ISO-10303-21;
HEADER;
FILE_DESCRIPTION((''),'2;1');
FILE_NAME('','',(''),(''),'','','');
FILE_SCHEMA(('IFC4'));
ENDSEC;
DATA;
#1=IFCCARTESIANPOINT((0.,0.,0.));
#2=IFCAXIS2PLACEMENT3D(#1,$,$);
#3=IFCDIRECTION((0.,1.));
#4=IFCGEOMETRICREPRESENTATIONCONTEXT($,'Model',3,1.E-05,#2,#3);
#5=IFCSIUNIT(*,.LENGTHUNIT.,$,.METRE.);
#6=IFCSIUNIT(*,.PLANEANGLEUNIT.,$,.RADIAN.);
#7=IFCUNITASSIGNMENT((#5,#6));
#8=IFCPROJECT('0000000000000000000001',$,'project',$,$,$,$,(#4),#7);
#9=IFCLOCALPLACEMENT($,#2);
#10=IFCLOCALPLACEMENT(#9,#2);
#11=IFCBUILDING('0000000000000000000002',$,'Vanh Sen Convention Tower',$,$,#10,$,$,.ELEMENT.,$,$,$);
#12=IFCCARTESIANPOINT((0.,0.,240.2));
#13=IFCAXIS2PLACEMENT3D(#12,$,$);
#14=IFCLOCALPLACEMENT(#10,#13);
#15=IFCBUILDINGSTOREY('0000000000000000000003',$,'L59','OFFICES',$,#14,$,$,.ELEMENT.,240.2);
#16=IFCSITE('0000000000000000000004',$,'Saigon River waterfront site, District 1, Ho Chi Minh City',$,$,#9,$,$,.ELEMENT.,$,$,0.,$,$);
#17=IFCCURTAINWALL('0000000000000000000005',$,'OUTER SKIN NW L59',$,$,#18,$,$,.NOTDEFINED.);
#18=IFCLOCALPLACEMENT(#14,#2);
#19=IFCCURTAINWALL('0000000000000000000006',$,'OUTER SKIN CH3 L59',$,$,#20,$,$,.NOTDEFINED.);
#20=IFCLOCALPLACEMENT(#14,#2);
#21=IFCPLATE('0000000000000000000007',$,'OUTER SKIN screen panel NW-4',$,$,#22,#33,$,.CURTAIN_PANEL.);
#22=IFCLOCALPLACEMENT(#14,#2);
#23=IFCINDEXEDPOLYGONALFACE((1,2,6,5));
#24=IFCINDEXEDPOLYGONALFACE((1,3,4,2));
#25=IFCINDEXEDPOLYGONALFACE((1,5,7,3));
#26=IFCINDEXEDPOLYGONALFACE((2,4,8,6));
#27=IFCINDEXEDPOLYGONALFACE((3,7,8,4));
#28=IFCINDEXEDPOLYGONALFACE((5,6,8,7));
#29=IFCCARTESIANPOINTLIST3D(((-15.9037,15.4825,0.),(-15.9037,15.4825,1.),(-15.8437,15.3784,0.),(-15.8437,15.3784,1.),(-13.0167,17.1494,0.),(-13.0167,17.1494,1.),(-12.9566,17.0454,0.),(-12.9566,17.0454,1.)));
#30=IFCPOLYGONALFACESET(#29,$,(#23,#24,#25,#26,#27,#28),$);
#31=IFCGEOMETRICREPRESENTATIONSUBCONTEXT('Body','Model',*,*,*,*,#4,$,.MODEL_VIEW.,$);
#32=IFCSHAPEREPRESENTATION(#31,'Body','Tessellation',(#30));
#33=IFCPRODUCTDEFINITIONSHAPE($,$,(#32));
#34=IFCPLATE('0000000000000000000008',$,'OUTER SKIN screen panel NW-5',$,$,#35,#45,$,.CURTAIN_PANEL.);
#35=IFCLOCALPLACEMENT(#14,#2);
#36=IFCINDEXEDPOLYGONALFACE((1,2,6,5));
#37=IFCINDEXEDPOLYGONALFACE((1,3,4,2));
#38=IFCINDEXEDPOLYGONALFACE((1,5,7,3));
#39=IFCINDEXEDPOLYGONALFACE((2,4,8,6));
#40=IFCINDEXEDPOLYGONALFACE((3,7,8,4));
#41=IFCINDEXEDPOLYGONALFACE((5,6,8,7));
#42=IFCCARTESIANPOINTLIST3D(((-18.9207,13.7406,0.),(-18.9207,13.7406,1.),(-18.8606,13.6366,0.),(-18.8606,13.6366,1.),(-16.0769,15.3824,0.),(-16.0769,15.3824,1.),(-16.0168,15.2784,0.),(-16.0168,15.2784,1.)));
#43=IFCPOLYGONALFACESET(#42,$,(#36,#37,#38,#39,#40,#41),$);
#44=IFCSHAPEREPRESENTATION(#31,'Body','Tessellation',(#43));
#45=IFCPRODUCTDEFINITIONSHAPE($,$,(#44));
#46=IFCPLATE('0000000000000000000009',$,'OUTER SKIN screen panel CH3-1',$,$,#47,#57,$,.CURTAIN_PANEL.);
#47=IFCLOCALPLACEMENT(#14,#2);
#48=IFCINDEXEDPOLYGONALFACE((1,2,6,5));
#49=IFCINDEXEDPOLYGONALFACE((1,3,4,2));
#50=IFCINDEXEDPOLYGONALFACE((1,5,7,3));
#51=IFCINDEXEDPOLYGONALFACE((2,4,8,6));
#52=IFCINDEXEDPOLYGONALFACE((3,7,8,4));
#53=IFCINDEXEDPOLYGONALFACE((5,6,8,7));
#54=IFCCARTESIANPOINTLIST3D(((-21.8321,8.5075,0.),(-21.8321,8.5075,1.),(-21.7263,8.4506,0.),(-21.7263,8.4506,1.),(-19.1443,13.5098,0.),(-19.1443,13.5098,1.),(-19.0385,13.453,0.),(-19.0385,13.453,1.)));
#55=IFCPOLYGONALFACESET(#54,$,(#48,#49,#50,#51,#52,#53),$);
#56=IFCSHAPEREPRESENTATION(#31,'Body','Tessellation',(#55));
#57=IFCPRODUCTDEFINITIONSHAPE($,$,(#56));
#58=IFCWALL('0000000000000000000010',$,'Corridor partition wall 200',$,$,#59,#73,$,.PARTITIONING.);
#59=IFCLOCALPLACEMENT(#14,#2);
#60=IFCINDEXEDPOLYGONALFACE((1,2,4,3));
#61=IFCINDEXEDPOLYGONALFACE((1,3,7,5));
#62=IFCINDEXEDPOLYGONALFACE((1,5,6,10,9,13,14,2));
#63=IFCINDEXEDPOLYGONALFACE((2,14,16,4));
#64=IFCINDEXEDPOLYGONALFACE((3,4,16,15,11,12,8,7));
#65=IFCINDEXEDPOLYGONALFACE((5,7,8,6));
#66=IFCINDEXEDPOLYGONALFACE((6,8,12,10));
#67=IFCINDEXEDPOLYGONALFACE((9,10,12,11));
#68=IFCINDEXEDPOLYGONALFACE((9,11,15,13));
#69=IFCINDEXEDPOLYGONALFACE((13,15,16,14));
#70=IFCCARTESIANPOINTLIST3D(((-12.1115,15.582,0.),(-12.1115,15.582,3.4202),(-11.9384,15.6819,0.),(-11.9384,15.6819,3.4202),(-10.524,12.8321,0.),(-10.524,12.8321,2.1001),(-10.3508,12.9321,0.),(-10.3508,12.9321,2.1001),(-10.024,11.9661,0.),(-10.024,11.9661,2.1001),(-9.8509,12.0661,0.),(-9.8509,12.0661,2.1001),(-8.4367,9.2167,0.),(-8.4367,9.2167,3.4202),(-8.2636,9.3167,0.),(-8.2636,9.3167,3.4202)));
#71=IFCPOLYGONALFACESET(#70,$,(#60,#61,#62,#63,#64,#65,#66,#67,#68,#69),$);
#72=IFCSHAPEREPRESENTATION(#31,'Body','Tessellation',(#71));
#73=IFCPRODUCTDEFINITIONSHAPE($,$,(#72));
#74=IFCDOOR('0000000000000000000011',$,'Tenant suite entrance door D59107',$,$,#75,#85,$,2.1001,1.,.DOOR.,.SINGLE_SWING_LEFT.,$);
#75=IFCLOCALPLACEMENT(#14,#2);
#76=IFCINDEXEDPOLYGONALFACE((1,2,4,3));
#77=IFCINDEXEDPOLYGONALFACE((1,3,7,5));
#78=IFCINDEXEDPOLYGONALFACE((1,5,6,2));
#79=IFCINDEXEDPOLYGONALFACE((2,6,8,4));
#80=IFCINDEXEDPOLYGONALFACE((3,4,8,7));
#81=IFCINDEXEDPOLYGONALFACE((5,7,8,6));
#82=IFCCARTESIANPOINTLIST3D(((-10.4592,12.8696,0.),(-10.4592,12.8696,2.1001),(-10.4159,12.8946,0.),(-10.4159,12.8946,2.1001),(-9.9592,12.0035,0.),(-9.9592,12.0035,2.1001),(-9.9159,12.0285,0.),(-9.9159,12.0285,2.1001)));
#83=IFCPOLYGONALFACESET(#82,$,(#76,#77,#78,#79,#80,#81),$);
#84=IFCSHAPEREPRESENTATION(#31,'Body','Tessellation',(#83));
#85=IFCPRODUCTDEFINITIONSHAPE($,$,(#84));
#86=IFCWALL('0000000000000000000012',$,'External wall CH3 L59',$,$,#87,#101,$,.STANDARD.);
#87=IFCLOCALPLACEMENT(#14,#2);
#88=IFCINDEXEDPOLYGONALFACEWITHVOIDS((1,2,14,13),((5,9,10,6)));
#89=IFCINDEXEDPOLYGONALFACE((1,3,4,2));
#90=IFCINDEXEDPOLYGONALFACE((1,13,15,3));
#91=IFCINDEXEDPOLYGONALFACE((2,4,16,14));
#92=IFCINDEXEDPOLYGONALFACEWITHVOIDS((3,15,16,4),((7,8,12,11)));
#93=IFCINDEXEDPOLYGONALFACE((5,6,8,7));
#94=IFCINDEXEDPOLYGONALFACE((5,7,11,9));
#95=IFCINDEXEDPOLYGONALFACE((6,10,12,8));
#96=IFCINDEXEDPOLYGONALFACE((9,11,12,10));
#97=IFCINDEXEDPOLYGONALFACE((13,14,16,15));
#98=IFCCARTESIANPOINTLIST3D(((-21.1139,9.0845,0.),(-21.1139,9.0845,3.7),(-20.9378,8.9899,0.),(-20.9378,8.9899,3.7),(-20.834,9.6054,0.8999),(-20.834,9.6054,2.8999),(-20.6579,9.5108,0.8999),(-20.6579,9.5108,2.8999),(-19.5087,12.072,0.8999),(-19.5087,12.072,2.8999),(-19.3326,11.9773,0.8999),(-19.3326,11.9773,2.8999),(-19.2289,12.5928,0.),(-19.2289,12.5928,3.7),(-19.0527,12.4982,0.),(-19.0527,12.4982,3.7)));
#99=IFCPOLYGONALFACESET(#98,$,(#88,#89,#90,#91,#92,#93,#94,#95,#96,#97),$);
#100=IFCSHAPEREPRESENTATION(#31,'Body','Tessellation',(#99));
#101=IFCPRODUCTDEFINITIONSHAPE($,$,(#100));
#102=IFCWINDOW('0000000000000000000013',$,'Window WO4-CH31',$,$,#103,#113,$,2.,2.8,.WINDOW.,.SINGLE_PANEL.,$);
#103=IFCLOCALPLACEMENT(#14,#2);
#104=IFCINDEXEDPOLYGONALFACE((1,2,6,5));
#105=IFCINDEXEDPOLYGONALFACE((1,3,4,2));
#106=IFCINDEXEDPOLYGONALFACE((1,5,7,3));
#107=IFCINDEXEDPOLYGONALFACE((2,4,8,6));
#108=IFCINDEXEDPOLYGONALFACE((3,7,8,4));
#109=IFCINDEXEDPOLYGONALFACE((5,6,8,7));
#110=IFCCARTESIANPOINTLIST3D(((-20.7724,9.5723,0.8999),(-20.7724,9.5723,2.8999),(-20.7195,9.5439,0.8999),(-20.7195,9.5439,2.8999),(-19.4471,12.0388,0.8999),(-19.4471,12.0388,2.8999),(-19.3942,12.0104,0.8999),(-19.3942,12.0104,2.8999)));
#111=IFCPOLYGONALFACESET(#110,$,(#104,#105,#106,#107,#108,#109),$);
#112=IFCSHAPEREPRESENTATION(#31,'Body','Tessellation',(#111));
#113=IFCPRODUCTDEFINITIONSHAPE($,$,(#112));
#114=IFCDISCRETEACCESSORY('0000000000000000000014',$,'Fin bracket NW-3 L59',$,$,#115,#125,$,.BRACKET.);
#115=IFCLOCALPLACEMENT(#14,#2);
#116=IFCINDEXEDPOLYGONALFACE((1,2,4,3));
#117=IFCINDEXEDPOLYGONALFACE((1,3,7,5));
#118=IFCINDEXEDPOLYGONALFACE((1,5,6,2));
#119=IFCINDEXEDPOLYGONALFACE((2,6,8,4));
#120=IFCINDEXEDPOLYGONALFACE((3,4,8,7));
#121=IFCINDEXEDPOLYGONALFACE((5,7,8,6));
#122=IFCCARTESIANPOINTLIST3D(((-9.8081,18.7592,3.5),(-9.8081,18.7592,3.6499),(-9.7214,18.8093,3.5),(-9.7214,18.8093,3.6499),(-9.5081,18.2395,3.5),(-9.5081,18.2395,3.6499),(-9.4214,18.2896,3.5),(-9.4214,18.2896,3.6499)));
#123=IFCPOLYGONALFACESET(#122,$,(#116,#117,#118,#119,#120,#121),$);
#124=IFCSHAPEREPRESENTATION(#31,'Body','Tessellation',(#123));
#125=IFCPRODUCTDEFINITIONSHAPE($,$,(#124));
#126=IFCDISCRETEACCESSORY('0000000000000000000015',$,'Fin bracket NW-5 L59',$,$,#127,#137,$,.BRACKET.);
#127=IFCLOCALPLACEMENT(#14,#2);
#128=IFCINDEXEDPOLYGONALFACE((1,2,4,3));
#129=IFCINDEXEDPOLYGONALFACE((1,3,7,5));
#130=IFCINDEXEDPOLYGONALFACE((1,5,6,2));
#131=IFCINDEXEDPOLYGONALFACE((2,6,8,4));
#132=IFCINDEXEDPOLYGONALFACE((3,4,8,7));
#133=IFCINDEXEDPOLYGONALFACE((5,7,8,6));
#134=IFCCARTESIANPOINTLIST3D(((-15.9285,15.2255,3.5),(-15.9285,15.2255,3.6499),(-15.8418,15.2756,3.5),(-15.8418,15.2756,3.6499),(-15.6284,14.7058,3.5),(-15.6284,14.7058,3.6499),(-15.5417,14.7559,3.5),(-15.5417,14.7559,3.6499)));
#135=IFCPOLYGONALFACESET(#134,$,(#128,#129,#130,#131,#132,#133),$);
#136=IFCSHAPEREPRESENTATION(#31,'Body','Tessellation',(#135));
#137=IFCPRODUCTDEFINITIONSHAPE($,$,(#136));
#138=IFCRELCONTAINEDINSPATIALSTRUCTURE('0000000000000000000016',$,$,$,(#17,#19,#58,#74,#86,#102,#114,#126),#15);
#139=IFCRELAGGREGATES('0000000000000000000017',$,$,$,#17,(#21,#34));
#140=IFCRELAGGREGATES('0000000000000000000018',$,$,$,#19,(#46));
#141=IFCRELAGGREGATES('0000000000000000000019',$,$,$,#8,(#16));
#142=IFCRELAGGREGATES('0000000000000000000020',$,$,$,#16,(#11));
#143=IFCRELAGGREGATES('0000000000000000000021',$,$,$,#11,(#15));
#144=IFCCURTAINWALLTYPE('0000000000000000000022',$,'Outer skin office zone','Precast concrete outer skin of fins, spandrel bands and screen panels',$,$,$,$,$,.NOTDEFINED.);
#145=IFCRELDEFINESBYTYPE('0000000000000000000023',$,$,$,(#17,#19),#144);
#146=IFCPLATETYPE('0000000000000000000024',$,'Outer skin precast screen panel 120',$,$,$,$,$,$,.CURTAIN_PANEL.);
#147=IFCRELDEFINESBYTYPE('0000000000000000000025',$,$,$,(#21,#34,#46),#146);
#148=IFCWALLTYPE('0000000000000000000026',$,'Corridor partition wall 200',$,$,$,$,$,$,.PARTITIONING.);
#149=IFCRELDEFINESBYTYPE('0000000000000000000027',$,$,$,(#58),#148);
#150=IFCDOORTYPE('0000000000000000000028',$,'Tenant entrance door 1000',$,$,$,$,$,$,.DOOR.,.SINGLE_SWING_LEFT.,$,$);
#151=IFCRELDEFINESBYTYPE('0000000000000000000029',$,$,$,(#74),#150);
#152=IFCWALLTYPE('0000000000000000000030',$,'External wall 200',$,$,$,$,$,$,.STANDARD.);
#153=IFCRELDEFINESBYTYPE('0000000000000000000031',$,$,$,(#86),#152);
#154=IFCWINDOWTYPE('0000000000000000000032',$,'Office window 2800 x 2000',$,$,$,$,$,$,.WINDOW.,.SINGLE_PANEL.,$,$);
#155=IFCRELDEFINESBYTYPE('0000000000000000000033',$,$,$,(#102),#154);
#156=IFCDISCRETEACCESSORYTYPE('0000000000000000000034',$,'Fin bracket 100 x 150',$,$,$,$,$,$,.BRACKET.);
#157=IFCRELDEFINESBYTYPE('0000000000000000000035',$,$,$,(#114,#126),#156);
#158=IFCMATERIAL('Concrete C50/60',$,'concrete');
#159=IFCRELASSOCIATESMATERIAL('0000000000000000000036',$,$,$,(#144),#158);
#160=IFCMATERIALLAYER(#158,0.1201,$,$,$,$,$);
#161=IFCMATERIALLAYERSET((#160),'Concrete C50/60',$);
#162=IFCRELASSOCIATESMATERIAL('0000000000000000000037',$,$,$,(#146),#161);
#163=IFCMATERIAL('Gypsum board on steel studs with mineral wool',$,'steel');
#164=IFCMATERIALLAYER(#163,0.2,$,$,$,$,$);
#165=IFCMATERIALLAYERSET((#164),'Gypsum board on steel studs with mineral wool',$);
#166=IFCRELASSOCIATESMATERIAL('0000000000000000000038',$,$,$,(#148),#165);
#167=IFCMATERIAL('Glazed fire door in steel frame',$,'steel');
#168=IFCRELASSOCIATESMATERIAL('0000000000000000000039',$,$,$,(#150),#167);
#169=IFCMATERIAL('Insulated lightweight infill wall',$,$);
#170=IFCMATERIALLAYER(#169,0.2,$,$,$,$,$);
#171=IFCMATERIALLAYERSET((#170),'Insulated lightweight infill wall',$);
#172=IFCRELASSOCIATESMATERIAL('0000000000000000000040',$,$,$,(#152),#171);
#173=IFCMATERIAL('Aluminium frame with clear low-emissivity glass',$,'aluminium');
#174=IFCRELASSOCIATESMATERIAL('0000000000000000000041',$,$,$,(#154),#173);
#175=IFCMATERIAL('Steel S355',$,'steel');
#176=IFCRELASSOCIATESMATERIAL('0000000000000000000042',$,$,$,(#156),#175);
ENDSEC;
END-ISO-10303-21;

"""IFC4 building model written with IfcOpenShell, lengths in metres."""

from ifc_helpers import new_model, si_unit, direction, frame, frame_2d, origin, origin_2d, place, context, subcontext, project, spatial, rectangle, extrude, material, layer, layer_set, type_object, element, fill, aggregate, save


model = new_model("IFC4")

# Units and contexts
model_context = context("Model", 3, precision=1e-05, world=origin(), true_north=direction((0.0, 1.0)))
body_context = subcontext(model_context, "Body", "Model", "MODEL_VIEW")
ifc_project = project(units=[si_unit("LENGTHUNIT", "METRE"), si_unit("PLANEANGLEUNIT", "RADIAN")], contexts=[model_context])

# Site, building, storey
site_placement = place(None, origin())
site = spatial("IfcSite", under=ifc_project, at=site_placement, Name="Saigon River waterfront site, District 1, Ho Chi Minh City", CompositionType="ELEMENT", RefElevation=0.0)
building_placement = place(site_placement, origin())
building = spatial("IfcBuilding", under=site, at=building_placement, Name="Vanh Sen Convention Tower", CompositionType="ELEMENT")
storey_placement = place(building_placement, frame((0.0, 0.0, 240.2)))
storey = spatial("IfcBuildingStorey", under=building, at=storey_placement, Name="L59", Description="OFFICES", CompositionType="ELEMENT", Elevation=240.2)

# Curtain wall
ifc_material_1 = material(Name="Concrete C50/60", Category="concrete")
curtain_wall_type = type_object("IfcCurtainWallType", Name="Outer skin office zone", Description="Precast concrete outer skin of fins, spandrel bands and screen panels", PredefinedType="NOTDEFINED", material=ifc_material_1)
curtain_wall_1_placement = place(storey_placement, origin())
curtain_wall_1 = element("IfcCurtainWall", 1, at=curtain_wall_1_placement, inside=storey, type_object=curtain_wall_type, Name="OUTER SKIN NW L59", PredefinedType="NOTDEFINED")

# Curtain wall
curtain_wall_2_placement = place(storey_placement, origin())
curtain_wall_2 = element("IfcCurtainWall", 2, at=curtain_wall_2_placement, inside=storey, type_object=curtain_wall_type, Name="OUTER SKIN CH3 L59", PredefinedType="NOTDEFINED")

# Plates
ifc_layer_1 = layer(ifc_material_1, 0.1201)
ifc_layer_set_1 = layer_set([ifc_layer_1], Name="Concrete C50/60")
plate_type = type_object("IfcPlateType", Name="Outer skin precast screen panel 120", PredefinedType="CURTAIN_PANEL", material=ifc_layer_set_1)
plate_1_placement = place(storey_placement, frame((-14.4302, 16.2639, 0.0), z_axis=(0.0, 0.0, 1.0), x_axis=(-0.866014, -0.50002, 0.0)))
plate_1 = element("IfcPlate", 3, at=plate_1_placement, type_object=plate_type, Name="OUTER SKIN screen panel NW-4", PredefinedType="CURTAIN_PANEL", context=body_context, shape_type="SweptSolid", body=[
    extrude(rectangle(XDim=3.3337, YDim=0.1201, at=origin_2d()), origin(), (0.0, 0.0, 1.0), 1.0),
])
plate_2_placement = place(storey_placement, frame((-17.4688, 14.5095, 0.0), z_axis=(0.0, 0.0, 1.0), x_axis=(-0.866033, -0.499986, 0.0)))
plate_2 = element("IfcPlate", 4, at=plate_2_placement, type_object=plate_type, Name="OUTER SKIN screen panel NW-5", PredefinedType="CURTAIN_PANEL", context=body_context, shape_type="SweptSolid", body=[
    extrude(rectangle(XDim=3.2837, YDim=0.1201, at=origin_2d()), origin(), (0.0, 0.0, 1.0), 1.0),
])
aggregate(curtain_wall_1, [plate_1, plate_2])
plate_3_placement = place(storey_placement, frame((-20.4353, 10.9802, 0.0), z_axis=(0.0, 0.0, 1.0), x_axis=(-0.473307, -0.880897, 0.0)))
plate_3 = element("IfcPlate", 5, at=plate_3_placement, type_object=plate_type, Name="OUTER SKIN screen panel CH3-1", PredefinedType="CURTAIN_PANEL", context=body_context, shape_type="SweptSolid", body=[
    extrude(rectangle(XDim=5.6787, YDim=0.1201, at=origin_2d()), origin(), (0.0, 0.0, 1.0), 1.0),
])
aggregate(curtain_wall_2, [plate_3])

# Wall, opening, door
ifc_material_2 = material(Name="Gypsum board on steel studs with mineral wool", Category="steel")
ifc_layer_2 = layer(ifc_material_2, 0.2)
ifc_layer_set_2 = layer_set([ifc_layer_2], Name="Gypsum board on steel studs with mineral wool")
wall_type_1 = type_object("IfcWallType", Name="Corridor partition wall 200", PredefinedType="PARTITIONING", material=ifc_layer_set_2)
wall_1_placement = place(storey_placement, frame((-12.0249, 15.6318, 0.0), z_axis=(0.0, 0.0, 1.0), x_axis=(0.499983, -0.866035, 0.0)))
wall_1 = element("IfcWall", 6, at=wall_1_placement, inside=storey, type_object=wall_type_1, Name="Corridor partition wall 200", PredefinedType="PARTITIONING", context=body_context, shape_type="SweptSolid", body=[
    extrude(rectangle(XDim=7.3499, YDim=0.2, at=frame_2d((3.6748, 0.0))), origin(), (0.0, 0.0, 1.0), 3.4202),
])
opening_1_placement = place(wall_1_placement, frame((3.175, 0.0, 0.0)))
opening_1 = element("IfcOpeningElement", 7, at=opening_1_placement, cuts=wall_1, PredefinedType="OPENING", context=body_context, shape_type="SweptSolid", body=[
    extrude(rectangle(XDim=1.0, YDim=2.1001, at=frame_2d((0.5, 1.05))), frame((0.0, 0.1099, 0.0), z_axis=(0.0, -1.0, 0.0), x_axis=(1.0, 0.0, 0.0)), (0.0, 0.0, 1.0), 0.22),
])
ifc_material_3 = material(Name="Glazed fire door in steel frame", Category="steel")
door_type = type_object("IfcDoorType", Name="Tenant entrance door 1000", OperationType="SINGLE_SWING_LEFT", PredefinedType="DOOR", material=ifc_material_3)
door_placement = place(opening_1_placement, origin())
door = element("IfcDoor", 8, at=door_placement, inside=storey, type_object=door_type, Name="Tenant suite entrance door D59107", OperationType="SINGLE_SWING_LEFT", OverallHeight=2.1001, OverallWidth=1.0, PredefinedType="DOOR", context=body_context, shape_type="SweptSolid", body=[
    extrude(rectangle(XDim=1.0, YDim=2.1001, at=frame_2d((0.5, 1.05))), frame((0.0, 0.0249, 0.0), z_axis=(0.0, -1.0, 0.0), x_axis=(1.0, 0.0, 0.0)), (0.0, 0.0, 1.0), 0.05),
])
fill(opening_1, door)

# Wall, opening, window
ifc_material_4 = material(Name="Insulated lightweight infill wall")
ifc_layer_3 = layer(ifc_material_4, 0.2)
ifc_layer_set_3 = layer_set([ifc_layer_3], Name="Insulated lightweight infill wall")
wall_type_2 = type_object("IfcWallType", Name="External wall 200", PredefinedType="STANDARD", material=ifc_layer_set_3)
wall_2_placement = place(storey_placement, frame((-19.1409, 12.5454, 0.0), z_axis=(0.0, 0.0, 1.0), x_axis=(-0.473306, -0.880898, 0.0)))
wall_2 = element("IfcWall", 9, at=wall_2_placement, inside=storey, type_object=wall_type_2, Name="External wall CH3 L59", PredefinedType="STANDARD", context=body_context, shape_type="SweptSolid", body=[
    extrude(rectangle(XDim=3.9827, YDim=0.2, at=frame_2d((1.9912, 0.0))), origin(), (0.0, 0.0, 1.0), 3.7),
])
opening_2_placement = place(wall_2_placement, frame((0.5913, 0.0, 0.8999)))
opening_2 = element("IfcOpeningElement", 10, at=opening_2_placement, cuts=wall_2, PredefinedType="OPENING", context=body_context, shape_type="SweptSolid", body=[
    extrude(rectangle(XDim=2.8, YDim=2.0, at=frame_2d((1.3999, 1.0))), frame((0.0, 0.1099, 0.0), z_axis=(0.0, -1.0, 0.0), x_axis=(1.0, 0.0, 0.0)), (0.0, 0.0, 1.0), 0.22),
])
ifc_material_5 = material(Name="Aluminium frame with clear low-emissivity glass", Category="aluminium")
window_type = type_object("IfcWindowType", Name="Office window 2800 x 2000", PartitioningType="SINGLE_PANEL", PredefinedType="WINDOW", material=ifc_material_5)
window_placement = place(opening_2_placement, origin())
window = element("IfcWindow", 11, at=window_placement, inside=storey, type_object=window_type, Name="Window WO4-CH31", OverallHeight=2.0, OverallWidth=2.8, PartitioningType="SINGLE_PANEL", PredefinedType="WINDOW", context=body_context, shape_type="SweptSolid", body=[
    extrude(rectangle(XDim=2.8, YDim=2.0, at=frame_2d((1.3999, 1.0))), frame((0.0, 0.03, 0.0), z_axis=(0.0, -1.0, 0.0), x_axis=(1.0, 0.0, 0.0)), (0.0, 0.0, 1.0), 0.0601),
])
fill(opening_2, window)

# Discrete accessories
ifc_material_6 = material(Name="Steel S355", Category="steel")
discrete_accessory_type = type_object("IfcDiscreteAccessoryType", Name="Fin bracket 100 x 150", PredefinedType="BRACKET", material=ifc_material_6)
for number, where, z_axis, x_axis, name in (
    (12, (-9.6147, 18.5244, 3.5), (0.0, 0.0, 1.0), (-0.5, 0.866025, 0.0), "Fin bracket NW-3 L59"),
    (13, (-15.7351, 14.9907, 3.5), (0.0, 0.0, 1.0), (-0.5, 0.866025, 0.0), "Fin bracket NW-5 L59"),
):
    element("IfcDiscreteAccessory", number, at=place(storey_placement, frame(where, z_axis=z_axis, x_axis=x_axis)), inside=storey, type_object=discrete_accessory_type, Name=name, PredefinedType="BRACKET", context=body_context, shape_type="SweptSolid", body=[
        extrude(rectangle(XDim=0.6001, YDim=0.1001, at=origin_2d()), origin(), (0.0, 0.0, 1.0), 0.1499),
    ])

save(model, "model.ifc")
